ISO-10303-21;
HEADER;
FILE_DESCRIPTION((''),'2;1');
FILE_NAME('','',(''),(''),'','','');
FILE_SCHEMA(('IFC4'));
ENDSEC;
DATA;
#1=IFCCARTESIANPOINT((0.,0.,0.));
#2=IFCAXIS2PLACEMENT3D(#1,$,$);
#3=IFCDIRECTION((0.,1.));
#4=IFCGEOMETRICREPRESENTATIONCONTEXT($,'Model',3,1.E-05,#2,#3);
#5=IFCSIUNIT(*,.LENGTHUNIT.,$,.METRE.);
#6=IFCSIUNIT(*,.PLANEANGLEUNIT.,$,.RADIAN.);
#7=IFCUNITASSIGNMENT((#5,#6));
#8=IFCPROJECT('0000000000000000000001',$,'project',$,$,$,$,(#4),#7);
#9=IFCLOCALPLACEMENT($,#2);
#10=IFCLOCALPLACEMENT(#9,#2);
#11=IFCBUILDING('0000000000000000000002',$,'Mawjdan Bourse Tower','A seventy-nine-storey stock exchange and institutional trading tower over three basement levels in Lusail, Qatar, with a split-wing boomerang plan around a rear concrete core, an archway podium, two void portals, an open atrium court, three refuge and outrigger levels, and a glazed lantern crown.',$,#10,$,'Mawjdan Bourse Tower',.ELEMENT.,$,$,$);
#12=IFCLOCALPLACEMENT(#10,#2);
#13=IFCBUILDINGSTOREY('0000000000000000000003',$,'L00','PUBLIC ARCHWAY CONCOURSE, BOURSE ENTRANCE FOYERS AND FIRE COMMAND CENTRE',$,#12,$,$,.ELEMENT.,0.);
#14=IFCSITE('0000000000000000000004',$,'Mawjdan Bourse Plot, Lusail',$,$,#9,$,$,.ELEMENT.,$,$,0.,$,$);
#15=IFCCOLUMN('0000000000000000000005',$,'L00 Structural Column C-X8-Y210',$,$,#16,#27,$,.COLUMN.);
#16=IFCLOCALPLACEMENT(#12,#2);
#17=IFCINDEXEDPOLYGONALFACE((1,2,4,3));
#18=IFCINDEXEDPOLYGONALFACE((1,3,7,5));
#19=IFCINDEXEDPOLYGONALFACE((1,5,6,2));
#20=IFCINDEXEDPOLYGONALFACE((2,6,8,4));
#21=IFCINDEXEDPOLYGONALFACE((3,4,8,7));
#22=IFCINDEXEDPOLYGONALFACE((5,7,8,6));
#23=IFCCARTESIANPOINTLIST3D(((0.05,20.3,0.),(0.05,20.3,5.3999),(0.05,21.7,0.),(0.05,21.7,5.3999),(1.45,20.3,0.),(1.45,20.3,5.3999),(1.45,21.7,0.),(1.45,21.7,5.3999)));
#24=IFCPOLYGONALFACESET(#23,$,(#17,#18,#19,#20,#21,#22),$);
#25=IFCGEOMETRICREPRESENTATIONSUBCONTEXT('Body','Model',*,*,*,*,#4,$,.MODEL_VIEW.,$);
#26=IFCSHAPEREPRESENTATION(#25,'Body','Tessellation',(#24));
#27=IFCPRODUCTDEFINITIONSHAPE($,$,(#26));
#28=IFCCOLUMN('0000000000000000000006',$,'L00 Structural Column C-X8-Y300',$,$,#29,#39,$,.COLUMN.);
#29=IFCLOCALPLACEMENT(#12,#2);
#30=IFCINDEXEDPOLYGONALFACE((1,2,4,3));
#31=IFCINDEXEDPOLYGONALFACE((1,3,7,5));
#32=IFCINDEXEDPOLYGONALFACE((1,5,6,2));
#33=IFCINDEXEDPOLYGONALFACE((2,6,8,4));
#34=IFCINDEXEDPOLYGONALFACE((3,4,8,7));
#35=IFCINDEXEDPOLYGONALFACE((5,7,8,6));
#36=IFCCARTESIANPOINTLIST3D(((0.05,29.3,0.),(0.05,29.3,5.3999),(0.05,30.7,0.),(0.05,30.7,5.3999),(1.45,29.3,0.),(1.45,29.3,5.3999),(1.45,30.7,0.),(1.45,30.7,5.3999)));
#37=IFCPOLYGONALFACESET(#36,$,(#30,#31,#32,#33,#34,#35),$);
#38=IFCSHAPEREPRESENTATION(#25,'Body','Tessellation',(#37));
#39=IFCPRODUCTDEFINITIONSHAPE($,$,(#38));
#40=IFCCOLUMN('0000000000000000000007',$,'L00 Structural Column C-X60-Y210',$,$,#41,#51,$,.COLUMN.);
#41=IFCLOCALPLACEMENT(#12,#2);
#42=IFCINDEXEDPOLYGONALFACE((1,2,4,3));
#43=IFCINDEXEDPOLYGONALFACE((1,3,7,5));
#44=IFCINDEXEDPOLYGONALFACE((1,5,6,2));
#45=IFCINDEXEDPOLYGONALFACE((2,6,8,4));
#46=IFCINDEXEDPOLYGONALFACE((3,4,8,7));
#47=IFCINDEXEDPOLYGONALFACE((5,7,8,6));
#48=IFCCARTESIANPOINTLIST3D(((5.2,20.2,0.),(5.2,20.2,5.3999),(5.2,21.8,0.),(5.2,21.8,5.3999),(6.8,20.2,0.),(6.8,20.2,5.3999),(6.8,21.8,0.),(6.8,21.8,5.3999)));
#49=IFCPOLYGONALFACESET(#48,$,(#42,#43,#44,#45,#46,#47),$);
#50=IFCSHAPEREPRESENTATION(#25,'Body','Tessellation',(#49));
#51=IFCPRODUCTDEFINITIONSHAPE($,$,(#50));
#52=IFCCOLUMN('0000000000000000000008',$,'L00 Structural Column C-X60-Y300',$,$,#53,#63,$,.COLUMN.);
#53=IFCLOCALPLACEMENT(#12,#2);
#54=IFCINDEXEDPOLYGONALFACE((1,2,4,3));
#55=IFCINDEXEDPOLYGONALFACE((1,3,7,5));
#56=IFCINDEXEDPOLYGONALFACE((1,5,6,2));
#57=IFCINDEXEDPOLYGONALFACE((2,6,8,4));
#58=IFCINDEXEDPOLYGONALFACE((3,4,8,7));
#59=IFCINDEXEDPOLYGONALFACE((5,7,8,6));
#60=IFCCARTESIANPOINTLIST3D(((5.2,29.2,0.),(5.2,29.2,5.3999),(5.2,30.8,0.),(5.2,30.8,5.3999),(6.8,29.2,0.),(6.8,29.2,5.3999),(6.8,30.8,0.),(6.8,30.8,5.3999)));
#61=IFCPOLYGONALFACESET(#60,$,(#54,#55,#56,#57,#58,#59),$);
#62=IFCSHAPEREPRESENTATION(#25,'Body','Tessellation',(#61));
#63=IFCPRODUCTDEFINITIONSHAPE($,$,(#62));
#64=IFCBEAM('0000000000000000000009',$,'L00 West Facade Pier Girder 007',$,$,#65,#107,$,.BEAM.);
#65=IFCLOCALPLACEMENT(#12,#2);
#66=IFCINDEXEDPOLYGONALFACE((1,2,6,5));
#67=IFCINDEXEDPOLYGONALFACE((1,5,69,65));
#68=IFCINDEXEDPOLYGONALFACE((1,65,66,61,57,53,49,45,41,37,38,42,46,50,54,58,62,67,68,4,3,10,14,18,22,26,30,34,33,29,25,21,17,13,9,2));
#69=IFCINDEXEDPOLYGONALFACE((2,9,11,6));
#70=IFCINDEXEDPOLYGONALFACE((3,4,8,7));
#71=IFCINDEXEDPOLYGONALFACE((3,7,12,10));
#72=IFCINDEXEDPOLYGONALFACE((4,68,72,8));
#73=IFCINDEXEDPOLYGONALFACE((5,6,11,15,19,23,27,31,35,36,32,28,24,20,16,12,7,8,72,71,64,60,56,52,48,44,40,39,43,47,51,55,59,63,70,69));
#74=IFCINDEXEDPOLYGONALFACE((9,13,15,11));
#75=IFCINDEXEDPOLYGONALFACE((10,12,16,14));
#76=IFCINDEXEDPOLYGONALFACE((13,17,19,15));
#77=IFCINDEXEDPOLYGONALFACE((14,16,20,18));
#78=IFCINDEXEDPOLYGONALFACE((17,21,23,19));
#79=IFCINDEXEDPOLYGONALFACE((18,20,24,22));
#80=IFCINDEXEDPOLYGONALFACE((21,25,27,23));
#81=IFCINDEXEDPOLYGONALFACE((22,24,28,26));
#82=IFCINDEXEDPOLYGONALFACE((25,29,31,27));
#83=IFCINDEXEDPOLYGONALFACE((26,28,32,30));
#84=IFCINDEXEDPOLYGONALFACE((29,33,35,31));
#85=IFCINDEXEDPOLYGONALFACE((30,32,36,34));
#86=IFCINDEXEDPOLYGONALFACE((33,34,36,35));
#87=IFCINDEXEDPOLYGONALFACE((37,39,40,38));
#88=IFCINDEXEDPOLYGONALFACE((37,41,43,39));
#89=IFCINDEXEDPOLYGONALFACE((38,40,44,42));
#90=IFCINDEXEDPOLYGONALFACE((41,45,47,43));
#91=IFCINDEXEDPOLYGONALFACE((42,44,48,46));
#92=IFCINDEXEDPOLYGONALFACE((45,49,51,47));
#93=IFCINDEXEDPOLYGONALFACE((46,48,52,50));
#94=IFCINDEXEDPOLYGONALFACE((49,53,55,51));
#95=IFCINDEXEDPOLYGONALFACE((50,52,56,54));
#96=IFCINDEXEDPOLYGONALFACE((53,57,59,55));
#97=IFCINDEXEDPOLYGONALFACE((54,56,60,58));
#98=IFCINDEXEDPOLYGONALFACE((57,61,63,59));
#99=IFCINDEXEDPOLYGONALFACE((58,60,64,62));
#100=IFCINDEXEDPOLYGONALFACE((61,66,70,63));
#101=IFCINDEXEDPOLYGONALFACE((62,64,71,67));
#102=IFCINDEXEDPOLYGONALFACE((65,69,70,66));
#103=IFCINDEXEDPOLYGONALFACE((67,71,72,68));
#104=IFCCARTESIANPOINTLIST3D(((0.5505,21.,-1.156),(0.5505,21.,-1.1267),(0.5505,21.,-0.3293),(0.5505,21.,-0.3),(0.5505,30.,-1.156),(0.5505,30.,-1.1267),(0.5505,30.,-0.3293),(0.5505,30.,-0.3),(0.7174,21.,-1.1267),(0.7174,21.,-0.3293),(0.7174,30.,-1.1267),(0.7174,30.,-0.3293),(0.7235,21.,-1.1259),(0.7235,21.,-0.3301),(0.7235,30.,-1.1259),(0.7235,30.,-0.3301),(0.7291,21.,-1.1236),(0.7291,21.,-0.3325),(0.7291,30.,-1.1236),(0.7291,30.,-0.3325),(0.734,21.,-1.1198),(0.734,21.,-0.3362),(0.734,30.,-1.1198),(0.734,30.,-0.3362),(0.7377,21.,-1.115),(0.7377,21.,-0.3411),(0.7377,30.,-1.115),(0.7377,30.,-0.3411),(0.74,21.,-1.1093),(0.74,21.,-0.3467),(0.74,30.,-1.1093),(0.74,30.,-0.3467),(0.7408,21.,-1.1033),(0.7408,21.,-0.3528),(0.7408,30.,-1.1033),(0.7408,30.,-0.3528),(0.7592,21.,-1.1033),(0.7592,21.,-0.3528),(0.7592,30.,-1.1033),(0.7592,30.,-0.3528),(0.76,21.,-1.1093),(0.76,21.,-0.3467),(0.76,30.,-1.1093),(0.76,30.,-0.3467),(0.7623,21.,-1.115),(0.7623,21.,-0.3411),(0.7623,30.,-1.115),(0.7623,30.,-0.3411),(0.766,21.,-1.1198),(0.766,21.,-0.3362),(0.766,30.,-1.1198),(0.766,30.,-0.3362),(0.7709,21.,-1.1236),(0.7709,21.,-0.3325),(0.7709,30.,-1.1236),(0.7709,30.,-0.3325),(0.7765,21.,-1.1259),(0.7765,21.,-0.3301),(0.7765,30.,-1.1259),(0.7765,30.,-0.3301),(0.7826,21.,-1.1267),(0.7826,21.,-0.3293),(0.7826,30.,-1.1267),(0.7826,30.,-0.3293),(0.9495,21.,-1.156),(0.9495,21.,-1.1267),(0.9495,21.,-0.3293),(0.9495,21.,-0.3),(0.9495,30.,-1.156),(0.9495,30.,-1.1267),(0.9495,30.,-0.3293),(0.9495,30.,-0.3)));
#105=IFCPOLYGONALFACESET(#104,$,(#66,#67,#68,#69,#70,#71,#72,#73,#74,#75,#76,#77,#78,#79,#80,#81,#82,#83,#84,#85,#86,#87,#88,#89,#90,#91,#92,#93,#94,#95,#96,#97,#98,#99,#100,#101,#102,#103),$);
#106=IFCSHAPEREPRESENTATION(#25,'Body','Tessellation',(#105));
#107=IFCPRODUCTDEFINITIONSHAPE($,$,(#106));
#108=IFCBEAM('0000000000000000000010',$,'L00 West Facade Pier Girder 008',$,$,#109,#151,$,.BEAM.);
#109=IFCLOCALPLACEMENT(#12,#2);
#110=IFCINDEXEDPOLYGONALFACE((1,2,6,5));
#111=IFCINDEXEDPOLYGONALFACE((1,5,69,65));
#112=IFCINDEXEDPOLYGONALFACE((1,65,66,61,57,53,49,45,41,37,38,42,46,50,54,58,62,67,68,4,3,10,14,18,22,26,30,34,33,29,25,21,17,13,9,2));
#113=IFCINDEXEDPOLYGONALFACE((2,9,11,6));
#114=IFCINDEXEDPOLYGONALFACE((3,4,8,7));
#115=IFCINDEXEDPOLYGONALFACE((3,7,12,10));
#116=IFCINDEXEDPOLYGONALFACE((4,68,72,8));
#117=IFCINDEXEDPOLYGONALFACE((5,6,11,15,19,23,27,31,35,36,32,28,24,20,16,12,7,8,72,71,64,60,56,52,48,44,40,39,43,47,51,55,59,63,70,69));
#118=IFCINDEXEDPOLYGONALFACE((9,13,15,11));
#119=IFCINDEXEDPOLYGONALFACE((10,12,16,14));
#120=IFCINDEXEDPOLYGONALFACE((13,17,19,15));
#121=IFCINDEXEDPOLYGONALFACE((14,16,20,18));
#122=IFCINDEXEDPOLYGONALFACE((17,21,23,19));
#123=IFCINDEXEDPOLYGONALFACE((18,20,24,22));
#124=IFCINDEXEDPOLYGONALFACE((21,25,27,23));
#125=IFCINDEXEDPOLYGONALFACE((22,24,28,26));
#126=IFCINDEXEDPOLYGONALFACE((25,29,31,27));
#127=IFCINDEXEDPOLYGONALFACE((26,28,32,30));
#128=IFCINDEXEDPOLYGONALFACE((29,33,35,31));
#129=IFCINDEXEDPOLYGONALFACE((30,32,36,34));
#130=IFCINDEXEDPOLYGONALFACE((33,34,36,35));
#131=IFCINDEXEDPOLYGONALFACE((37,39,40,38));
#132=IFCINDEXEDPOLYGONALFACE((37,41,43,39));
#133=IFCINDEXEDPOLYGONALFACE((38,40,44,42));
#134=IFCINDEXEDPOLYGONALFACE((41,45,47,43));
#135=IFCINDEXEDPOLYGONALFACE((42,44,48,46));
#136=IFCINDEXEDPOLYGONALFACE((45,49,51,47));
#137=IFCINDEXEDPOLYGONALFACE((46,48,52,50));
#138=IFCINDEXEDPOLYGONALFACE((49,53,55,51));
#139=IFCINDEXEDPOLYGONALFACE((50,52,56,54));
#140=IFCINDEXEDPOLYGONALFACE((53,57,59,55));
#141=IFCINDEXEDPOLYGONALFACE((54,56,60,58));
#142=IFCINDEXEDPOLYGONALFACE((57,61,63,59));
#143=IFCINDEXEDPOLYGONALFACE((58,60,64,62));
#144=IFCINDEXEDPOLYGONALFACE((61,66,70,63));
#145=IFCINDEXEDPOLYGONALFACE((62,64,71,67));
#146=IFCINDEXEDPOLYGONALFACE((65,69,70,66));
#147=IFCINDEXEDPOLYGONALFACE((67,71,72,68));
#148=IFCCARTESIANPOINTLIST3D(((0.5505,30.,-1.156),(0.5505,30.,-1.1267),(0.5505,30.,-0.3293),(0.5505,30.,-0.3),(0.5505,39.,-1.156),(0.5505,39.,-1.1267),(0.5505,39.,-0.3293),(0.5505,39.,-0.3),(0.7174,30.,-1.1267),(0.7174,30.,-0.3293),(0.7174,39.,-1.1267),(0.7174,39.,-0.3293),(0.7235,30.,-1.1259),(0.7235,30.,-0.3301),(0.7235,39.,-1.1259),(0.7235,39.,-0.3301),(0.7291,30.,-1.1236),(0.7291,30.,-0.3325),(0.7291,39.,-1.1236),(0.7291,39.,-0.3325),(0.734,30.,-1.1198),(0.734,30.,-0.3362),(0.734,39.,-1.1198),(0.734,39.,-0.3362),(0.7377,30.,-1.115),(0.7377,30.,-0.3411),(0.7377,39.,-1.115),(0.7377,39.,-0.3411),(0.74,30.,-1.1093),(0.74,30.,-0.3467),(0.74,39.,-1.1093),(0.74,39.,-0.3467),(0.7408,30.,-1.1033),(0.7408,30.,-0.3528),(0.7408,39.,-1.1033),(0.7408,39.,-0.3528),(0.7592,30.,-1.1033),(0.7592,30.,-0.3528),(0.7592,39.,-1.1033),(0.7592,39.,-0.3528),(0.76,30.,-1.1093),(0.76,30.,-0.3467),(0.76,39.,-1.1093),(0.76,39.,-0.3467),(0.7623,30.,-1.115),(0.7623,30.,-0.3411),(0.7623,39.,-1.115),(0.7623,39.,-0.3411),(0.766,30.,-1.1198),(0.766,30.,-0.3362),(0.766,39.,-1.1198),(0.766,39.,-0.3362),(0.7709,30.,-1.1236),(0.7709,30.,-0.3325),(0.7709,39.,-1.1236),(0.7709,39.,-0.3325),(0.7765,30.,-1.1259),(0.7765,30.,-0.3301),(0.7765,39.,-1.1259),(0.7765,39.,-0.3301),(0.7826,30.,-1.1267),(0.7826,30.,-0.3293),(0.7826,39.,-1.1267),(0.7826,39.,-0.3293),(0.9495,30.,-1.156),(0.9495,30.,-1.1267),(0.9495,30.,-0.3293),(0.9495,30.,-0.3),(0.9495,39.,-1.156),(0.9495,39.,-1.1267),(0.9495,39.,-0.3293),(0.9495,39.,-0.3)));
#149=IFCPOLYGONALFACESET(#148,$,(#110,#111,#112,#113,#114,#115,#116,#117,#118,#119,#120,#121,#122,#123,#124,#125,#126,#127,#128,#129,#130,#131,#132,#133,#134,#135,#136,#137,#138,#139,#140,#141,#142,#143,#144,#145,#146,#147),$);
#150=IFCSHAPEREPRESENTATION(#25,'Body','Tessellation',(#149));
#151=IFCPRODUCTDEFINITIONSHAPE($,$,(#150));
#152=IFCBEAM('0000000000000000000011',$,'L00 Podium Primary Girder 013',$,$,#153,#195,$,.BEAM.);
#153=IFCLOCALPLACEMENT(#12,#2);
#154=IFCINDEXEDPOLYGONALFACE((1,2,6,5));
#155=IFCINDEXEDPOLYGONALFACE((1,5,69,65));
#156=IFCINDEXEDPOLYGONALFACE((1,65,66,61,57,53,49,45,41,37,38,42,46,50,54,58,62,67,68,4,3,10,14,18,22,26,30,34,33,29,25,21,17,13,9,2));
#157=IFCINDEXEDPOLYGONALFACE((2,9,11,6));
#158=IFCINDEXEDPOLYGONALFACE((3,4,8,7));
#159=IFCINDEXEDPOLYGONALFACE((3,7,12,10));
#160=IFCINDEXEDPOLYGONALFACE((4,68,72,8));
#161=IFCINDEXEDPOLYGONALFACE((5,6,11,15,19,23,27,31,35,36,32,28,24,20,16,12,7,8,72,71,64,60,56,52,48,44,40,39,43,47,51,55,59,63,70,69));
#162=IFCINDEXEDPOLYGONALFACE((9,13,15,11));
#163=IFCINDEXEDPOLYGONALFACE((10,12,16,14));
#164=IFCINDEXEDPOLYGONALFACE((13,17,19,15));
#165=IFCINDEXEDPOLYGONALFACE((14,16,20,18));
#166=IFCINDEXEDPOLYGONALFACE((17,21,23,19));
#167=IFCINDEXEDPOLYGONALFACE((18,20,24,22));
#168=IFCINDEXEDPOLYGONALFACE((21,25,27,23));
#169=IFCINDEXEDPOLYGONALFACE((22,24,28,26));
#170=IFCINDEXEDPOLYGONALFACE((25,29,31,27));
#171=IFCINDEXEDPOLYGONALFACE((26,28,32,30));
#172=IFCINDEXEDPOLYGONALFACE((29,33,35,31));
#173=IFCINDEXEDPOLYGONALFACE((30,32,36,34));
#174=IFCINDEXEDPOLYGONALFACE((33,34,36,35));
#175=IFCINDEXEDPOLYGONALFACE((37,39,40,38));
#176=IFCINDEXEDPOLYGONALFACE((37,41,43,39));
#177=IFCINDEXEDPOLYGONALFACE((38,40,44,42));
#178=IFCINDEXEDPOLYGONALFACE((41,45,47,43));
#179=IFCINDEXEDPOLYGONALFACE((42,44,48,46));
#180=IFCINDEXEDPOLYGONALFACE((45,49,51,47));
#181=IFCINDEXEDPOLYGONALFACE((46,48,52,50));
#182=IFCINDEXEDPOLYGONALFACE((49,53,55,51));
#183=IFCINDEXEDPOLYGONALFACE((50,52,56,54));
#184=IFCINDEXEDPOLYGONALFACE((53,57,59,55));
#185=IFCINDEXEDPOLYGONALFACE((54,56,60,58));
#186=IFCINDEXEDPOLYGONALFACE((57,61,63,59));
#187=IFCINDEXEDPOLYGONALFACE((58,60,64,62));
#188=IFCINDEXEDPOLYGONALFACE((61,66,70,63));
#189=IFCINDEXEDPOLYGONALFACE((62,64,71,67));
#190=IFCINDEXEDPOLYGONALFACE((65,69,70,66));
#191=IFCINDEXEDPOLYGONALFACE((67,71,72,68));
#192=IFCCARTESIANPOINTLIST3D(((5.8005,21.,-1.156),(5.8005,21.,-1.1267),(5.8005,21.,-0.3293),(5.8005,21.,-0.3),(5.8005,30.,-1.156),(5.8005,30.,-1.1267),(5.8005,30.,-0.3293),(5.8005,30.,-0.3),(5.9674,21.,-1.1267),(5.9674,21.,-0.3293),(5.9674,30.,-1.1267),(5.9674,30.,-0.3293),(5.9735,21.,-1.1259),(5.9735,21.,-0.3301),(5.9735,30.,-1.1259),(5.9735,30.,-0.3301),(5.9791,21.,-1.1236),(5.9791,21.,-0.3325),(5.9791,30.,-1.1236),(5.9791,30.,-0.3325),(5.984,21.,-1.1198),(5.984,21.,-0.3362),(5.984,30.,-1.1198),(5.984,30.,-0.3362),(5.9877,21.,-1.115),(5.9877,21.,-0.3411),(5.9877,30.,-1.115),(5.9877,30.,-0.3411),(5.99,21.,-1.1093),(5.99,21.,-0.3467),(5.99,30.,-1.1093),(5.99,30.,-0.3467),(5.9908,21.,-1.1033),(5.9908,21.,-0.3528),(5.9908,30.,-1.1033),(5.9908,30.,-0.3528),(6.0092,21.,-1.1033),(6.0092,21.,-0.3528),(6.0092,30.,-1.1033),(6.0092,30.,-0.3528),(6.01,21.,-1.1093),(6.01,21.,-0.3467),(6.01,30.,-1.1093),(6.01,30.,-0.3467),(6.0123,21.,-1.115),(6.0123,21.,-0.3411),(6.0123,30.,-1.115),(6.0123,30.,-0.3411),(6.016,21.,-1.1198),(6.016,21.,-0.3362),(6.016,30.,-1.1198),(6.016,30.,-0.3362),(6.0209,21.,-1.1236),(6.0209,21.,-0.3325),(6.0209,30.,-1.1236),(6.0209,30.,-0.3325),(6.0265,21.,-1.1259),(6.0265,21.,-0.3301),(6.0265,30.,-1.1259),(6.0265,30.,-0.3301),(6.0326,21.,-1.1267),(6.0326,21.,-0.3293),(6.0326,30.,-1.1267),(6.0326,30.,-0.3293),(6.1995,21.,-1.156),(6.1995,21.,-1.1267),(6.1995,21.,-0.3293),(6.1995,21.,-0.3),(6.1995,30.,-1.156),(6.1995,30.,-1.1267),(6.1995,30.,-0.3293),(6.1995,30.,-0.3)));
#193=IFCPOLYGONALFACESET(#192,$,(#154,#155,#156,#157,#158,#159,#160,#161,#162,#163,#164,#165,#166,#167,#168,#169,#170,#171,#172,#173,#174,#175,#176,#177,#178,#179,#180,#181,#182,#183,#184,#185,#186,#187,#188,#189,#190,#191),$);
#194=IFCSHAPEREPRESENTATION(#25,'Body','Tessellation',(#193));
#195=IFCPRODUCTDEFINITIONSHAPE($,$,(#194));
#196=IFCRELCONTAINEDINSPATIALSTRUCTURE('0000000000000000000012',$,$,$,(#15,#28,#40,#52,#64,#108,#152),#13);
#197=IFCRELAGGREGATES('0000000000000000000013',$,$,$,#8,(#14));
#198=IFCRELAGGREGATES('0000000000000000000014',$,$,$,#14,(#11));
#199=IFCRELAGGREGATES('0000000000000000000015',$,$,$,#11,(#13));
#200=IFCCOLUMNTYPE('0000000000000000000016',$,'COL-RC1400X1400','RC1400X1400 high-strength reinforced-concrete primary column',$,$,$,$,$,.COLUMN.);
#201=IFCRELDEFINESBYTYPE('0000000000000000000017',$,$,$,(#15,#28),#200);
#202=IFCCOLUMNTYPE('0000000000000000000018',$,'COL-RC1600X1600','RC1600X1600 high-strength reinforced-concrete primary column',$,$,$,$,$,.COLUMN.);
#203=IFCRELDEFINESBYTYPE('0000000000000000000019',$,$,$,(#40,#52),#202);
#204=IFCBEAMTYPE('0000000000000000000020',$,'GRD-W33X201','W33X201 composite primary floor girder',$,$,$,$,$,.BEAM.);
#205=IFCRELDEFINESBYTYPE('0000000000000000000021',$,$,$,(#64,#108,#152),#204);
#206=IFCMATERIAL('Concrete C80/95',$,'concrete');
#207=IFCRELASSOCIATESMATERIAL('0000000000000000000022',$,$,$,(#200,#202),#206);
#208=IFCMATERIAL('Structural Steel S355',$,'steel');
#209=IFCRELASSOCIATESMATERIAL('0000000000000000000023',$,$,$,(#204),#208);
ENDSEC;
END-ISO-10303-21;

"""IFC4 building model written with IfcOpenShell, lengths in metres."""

from ifc_helpers import new_model, si_unit, direction, frame, origin, origin_2d, place, context, subcontext, project, spatial, rectangle, i_section, extrude, material, material_profile, profile_set, type_object, element, save


model = new_model("IFC4")

# Units and contexts
model_context = context("Model", 3, precision=1e-05, world=origin(), true_north=direction((0.0, 1.0)))
body_context = subcontext(model_context, "Body", "Model", "MODEL_VIEW")
ifc_project = project(units=[si_unit("LENGTHUNIT", "METRE"), si_unit("PLANEANGLEUNIT", "RADIAN")], contexts=[model_context])

# Site, building, storey
site_placement = place(None, origin())
site = spatial("IfcSite", under=ifc_project, at=site_placement, Name="Mawjdan Bourse Plot, Lusail", CompositionType="ELEMENT", RefElevation=0.0)
building_placement = place(site_placement, origin())
building = spatial("IfcBuilding", under=site, at=building_placement, Name="Mawjdan Bourse Tower", Description="A seventy-nine-storey stock exchange and institutional trading tower over three basement levels in Lusail, Qatar, with a split-wing boomerang plan around a rear concrete core, an archway podium, two void portals, an open atrium court, three refuge and outrigger levels, and a glazed lantern crown.", LongName="Mawjdan Bourse Tower", CompositionType="ELEMENT")
storey_placement = place(building_placement, origin())
storey = spatial("IfcBuildingStorey", under=building, at=storey_placement, Name="L00", Description="PUBLIC ARCHWAY CONCOURSE, BOURSE ENTRANCE FOYERS AND FIRE COMMAND CENTRE", CompositionType="ELEMENT", Elevation=0.0)

# Columns
ifc_material_1 = material(Name="Concrete C80/95", Category="concrete")
ifc_material_profile_1 = material_profile(ifc_material_1, rectangle(XDim=1.3999, YDim=1.3999, at=origin_2d()), Name="RC1400X1400")
ifc_profile_set_1 = profile_set([ifc_material_profile_1], Name="Concrete C80/95")
column_type_1 = type_object("IfcColumnType", Name="COL-RC1400X1400", Description="RC1400X1400 high-strength reinforced-concrete primary column", PredefinedType="COLUMN", material=ifc_profile_set_1)
for number, where, z_axis, x_axis, name in (
    (1, (0.75, 21.0, 0.0), (0.0, 0.0, 1.0), (1.0, 0.0, 0.0), "L00 Structural Column C-X8-Y210"),
    (2, (0.75, 30.0, 0.0), (0.0, 0.0, 1.0), (1.0, 0.0, 0.0), "L00 Structural Column C-X8-Y300"),
):
    element("IfcColumn", number, at=place(storey_placement, frame(where, z_axis=z_axis, x_axis=x_axis)), inside=storey, type_object=column_type_1, Name=name, PredefinedType="COLUMN", context=body_context, shape_type="SweptSolid", body=[
        extrude(rectangle(XDim=1.3999, YDim=1.3999, at=origin_2d()), origin(), (0.0, 0.0, 1.0), 5.3999),
    ])
ifc_material_profile_2 = material_profile(ifc_material_1, rectangle(XDim=1.6001, YDim=1.6001, at=origin_2d()), Name="RC1600X1600")
ifc_profile_set_2 = profile_set([ifc_material_profile_2], Name="Concrete C80/95")
column_type_2 = type_object("IfcColumnType", Name="COL-RC1600X1600", Description="RC1600X1600 high-strength reinforced-concrete primary column", PredefinedType="COLUMN", material=ifc_profile_set_2)
for number, where, z_axis, x_axis, name in (
    (3, (6.0, 21.0, 0.0), (0.0, 0.0, 1.0), (1.0, 0.0, 0.0), "L00 Structural Column C-X60-Y210"),
    (4, (6.0, 30.0, 0.0), (0.0, 0.0, 1.0), (1.0, 0.0, 0.0), "L00 Structural Column C-X60-Y300"),
):
    element("IfcColumn", number, at=place(storey_placement, frame(where, z_axis=z_axis, x_axis=x_axis)), inside=storey, type_object=column_type_2, Name=name, PredefinedType="COLUMN", context=body_context, shape_type="SweptSolid", body=[
        extrude(rectangle(XDim=1.6001, YDim=1.6001, at=origin_2d()), origin(), (0.0, 0.0, 1.0), 5.3999),
    ])

# Beams
ifc_material_2 = material(Name="Structural Steel S355", Category="steel")
ifc_material_profile_3 = material_profile(ifc_material_2, i_section(OverallWidth=0.3989, OverallDepth=0.856, WebThickness=0.0183, FlangeThickness=0.0293, FilletRadius=0.0234, at=origin_2d()), Name="W33X201")
ifc_profile_set_3 = profile_set([ifc_material_profile_3], Name="Structural Steel S355")
beam_type_1 = type_object("IfcBeamType", Name="GRD-W33X201", Description="W33X201 composite primary floor girder", PredefinedType="BEAM", material=ifc_profile_set_3)
for number, where, z_axis, x_axis, name in (
    (5, (0.75, 21.0, -0.728), (0.0, 1.0, 0.0), (-1.0, 0.0, 0.0), "L00 West Facade Pier Girder 007"),
    (6, (0.75, 30.0, -0.728), (0.0, 1.0, 0.0), (-1.0, 0.0, 0.0), "L00 West Facade Pier Girder 008"),
    (7, (6.0, 21.0, -0.728), (0.0, 1.0, 0.0), (-1.0, 0.0, 0.0), "L00 Podium Primary Girder 013"),
):
    element("IfcBeam", number, at=place(storey_placement, frame(where, z_axis=z_axis, x_axis=x_axis)), inside=storey, type_object=beam_type_1, Name=name, PredefinedType="BEAM", context=body_context, shape_type="SweptSolid", body=[
        extrude(i_section(OverallWidth=0.3989, OverallDepth=0.856, WebThickness=0.0183, FlangeThickness=0.0293, FilletRadius=0.0234, at=origin_2d()), origin(), (0.0, 0.0, 1.0), 9.0),
    ])

save(model, "model.ifc")
